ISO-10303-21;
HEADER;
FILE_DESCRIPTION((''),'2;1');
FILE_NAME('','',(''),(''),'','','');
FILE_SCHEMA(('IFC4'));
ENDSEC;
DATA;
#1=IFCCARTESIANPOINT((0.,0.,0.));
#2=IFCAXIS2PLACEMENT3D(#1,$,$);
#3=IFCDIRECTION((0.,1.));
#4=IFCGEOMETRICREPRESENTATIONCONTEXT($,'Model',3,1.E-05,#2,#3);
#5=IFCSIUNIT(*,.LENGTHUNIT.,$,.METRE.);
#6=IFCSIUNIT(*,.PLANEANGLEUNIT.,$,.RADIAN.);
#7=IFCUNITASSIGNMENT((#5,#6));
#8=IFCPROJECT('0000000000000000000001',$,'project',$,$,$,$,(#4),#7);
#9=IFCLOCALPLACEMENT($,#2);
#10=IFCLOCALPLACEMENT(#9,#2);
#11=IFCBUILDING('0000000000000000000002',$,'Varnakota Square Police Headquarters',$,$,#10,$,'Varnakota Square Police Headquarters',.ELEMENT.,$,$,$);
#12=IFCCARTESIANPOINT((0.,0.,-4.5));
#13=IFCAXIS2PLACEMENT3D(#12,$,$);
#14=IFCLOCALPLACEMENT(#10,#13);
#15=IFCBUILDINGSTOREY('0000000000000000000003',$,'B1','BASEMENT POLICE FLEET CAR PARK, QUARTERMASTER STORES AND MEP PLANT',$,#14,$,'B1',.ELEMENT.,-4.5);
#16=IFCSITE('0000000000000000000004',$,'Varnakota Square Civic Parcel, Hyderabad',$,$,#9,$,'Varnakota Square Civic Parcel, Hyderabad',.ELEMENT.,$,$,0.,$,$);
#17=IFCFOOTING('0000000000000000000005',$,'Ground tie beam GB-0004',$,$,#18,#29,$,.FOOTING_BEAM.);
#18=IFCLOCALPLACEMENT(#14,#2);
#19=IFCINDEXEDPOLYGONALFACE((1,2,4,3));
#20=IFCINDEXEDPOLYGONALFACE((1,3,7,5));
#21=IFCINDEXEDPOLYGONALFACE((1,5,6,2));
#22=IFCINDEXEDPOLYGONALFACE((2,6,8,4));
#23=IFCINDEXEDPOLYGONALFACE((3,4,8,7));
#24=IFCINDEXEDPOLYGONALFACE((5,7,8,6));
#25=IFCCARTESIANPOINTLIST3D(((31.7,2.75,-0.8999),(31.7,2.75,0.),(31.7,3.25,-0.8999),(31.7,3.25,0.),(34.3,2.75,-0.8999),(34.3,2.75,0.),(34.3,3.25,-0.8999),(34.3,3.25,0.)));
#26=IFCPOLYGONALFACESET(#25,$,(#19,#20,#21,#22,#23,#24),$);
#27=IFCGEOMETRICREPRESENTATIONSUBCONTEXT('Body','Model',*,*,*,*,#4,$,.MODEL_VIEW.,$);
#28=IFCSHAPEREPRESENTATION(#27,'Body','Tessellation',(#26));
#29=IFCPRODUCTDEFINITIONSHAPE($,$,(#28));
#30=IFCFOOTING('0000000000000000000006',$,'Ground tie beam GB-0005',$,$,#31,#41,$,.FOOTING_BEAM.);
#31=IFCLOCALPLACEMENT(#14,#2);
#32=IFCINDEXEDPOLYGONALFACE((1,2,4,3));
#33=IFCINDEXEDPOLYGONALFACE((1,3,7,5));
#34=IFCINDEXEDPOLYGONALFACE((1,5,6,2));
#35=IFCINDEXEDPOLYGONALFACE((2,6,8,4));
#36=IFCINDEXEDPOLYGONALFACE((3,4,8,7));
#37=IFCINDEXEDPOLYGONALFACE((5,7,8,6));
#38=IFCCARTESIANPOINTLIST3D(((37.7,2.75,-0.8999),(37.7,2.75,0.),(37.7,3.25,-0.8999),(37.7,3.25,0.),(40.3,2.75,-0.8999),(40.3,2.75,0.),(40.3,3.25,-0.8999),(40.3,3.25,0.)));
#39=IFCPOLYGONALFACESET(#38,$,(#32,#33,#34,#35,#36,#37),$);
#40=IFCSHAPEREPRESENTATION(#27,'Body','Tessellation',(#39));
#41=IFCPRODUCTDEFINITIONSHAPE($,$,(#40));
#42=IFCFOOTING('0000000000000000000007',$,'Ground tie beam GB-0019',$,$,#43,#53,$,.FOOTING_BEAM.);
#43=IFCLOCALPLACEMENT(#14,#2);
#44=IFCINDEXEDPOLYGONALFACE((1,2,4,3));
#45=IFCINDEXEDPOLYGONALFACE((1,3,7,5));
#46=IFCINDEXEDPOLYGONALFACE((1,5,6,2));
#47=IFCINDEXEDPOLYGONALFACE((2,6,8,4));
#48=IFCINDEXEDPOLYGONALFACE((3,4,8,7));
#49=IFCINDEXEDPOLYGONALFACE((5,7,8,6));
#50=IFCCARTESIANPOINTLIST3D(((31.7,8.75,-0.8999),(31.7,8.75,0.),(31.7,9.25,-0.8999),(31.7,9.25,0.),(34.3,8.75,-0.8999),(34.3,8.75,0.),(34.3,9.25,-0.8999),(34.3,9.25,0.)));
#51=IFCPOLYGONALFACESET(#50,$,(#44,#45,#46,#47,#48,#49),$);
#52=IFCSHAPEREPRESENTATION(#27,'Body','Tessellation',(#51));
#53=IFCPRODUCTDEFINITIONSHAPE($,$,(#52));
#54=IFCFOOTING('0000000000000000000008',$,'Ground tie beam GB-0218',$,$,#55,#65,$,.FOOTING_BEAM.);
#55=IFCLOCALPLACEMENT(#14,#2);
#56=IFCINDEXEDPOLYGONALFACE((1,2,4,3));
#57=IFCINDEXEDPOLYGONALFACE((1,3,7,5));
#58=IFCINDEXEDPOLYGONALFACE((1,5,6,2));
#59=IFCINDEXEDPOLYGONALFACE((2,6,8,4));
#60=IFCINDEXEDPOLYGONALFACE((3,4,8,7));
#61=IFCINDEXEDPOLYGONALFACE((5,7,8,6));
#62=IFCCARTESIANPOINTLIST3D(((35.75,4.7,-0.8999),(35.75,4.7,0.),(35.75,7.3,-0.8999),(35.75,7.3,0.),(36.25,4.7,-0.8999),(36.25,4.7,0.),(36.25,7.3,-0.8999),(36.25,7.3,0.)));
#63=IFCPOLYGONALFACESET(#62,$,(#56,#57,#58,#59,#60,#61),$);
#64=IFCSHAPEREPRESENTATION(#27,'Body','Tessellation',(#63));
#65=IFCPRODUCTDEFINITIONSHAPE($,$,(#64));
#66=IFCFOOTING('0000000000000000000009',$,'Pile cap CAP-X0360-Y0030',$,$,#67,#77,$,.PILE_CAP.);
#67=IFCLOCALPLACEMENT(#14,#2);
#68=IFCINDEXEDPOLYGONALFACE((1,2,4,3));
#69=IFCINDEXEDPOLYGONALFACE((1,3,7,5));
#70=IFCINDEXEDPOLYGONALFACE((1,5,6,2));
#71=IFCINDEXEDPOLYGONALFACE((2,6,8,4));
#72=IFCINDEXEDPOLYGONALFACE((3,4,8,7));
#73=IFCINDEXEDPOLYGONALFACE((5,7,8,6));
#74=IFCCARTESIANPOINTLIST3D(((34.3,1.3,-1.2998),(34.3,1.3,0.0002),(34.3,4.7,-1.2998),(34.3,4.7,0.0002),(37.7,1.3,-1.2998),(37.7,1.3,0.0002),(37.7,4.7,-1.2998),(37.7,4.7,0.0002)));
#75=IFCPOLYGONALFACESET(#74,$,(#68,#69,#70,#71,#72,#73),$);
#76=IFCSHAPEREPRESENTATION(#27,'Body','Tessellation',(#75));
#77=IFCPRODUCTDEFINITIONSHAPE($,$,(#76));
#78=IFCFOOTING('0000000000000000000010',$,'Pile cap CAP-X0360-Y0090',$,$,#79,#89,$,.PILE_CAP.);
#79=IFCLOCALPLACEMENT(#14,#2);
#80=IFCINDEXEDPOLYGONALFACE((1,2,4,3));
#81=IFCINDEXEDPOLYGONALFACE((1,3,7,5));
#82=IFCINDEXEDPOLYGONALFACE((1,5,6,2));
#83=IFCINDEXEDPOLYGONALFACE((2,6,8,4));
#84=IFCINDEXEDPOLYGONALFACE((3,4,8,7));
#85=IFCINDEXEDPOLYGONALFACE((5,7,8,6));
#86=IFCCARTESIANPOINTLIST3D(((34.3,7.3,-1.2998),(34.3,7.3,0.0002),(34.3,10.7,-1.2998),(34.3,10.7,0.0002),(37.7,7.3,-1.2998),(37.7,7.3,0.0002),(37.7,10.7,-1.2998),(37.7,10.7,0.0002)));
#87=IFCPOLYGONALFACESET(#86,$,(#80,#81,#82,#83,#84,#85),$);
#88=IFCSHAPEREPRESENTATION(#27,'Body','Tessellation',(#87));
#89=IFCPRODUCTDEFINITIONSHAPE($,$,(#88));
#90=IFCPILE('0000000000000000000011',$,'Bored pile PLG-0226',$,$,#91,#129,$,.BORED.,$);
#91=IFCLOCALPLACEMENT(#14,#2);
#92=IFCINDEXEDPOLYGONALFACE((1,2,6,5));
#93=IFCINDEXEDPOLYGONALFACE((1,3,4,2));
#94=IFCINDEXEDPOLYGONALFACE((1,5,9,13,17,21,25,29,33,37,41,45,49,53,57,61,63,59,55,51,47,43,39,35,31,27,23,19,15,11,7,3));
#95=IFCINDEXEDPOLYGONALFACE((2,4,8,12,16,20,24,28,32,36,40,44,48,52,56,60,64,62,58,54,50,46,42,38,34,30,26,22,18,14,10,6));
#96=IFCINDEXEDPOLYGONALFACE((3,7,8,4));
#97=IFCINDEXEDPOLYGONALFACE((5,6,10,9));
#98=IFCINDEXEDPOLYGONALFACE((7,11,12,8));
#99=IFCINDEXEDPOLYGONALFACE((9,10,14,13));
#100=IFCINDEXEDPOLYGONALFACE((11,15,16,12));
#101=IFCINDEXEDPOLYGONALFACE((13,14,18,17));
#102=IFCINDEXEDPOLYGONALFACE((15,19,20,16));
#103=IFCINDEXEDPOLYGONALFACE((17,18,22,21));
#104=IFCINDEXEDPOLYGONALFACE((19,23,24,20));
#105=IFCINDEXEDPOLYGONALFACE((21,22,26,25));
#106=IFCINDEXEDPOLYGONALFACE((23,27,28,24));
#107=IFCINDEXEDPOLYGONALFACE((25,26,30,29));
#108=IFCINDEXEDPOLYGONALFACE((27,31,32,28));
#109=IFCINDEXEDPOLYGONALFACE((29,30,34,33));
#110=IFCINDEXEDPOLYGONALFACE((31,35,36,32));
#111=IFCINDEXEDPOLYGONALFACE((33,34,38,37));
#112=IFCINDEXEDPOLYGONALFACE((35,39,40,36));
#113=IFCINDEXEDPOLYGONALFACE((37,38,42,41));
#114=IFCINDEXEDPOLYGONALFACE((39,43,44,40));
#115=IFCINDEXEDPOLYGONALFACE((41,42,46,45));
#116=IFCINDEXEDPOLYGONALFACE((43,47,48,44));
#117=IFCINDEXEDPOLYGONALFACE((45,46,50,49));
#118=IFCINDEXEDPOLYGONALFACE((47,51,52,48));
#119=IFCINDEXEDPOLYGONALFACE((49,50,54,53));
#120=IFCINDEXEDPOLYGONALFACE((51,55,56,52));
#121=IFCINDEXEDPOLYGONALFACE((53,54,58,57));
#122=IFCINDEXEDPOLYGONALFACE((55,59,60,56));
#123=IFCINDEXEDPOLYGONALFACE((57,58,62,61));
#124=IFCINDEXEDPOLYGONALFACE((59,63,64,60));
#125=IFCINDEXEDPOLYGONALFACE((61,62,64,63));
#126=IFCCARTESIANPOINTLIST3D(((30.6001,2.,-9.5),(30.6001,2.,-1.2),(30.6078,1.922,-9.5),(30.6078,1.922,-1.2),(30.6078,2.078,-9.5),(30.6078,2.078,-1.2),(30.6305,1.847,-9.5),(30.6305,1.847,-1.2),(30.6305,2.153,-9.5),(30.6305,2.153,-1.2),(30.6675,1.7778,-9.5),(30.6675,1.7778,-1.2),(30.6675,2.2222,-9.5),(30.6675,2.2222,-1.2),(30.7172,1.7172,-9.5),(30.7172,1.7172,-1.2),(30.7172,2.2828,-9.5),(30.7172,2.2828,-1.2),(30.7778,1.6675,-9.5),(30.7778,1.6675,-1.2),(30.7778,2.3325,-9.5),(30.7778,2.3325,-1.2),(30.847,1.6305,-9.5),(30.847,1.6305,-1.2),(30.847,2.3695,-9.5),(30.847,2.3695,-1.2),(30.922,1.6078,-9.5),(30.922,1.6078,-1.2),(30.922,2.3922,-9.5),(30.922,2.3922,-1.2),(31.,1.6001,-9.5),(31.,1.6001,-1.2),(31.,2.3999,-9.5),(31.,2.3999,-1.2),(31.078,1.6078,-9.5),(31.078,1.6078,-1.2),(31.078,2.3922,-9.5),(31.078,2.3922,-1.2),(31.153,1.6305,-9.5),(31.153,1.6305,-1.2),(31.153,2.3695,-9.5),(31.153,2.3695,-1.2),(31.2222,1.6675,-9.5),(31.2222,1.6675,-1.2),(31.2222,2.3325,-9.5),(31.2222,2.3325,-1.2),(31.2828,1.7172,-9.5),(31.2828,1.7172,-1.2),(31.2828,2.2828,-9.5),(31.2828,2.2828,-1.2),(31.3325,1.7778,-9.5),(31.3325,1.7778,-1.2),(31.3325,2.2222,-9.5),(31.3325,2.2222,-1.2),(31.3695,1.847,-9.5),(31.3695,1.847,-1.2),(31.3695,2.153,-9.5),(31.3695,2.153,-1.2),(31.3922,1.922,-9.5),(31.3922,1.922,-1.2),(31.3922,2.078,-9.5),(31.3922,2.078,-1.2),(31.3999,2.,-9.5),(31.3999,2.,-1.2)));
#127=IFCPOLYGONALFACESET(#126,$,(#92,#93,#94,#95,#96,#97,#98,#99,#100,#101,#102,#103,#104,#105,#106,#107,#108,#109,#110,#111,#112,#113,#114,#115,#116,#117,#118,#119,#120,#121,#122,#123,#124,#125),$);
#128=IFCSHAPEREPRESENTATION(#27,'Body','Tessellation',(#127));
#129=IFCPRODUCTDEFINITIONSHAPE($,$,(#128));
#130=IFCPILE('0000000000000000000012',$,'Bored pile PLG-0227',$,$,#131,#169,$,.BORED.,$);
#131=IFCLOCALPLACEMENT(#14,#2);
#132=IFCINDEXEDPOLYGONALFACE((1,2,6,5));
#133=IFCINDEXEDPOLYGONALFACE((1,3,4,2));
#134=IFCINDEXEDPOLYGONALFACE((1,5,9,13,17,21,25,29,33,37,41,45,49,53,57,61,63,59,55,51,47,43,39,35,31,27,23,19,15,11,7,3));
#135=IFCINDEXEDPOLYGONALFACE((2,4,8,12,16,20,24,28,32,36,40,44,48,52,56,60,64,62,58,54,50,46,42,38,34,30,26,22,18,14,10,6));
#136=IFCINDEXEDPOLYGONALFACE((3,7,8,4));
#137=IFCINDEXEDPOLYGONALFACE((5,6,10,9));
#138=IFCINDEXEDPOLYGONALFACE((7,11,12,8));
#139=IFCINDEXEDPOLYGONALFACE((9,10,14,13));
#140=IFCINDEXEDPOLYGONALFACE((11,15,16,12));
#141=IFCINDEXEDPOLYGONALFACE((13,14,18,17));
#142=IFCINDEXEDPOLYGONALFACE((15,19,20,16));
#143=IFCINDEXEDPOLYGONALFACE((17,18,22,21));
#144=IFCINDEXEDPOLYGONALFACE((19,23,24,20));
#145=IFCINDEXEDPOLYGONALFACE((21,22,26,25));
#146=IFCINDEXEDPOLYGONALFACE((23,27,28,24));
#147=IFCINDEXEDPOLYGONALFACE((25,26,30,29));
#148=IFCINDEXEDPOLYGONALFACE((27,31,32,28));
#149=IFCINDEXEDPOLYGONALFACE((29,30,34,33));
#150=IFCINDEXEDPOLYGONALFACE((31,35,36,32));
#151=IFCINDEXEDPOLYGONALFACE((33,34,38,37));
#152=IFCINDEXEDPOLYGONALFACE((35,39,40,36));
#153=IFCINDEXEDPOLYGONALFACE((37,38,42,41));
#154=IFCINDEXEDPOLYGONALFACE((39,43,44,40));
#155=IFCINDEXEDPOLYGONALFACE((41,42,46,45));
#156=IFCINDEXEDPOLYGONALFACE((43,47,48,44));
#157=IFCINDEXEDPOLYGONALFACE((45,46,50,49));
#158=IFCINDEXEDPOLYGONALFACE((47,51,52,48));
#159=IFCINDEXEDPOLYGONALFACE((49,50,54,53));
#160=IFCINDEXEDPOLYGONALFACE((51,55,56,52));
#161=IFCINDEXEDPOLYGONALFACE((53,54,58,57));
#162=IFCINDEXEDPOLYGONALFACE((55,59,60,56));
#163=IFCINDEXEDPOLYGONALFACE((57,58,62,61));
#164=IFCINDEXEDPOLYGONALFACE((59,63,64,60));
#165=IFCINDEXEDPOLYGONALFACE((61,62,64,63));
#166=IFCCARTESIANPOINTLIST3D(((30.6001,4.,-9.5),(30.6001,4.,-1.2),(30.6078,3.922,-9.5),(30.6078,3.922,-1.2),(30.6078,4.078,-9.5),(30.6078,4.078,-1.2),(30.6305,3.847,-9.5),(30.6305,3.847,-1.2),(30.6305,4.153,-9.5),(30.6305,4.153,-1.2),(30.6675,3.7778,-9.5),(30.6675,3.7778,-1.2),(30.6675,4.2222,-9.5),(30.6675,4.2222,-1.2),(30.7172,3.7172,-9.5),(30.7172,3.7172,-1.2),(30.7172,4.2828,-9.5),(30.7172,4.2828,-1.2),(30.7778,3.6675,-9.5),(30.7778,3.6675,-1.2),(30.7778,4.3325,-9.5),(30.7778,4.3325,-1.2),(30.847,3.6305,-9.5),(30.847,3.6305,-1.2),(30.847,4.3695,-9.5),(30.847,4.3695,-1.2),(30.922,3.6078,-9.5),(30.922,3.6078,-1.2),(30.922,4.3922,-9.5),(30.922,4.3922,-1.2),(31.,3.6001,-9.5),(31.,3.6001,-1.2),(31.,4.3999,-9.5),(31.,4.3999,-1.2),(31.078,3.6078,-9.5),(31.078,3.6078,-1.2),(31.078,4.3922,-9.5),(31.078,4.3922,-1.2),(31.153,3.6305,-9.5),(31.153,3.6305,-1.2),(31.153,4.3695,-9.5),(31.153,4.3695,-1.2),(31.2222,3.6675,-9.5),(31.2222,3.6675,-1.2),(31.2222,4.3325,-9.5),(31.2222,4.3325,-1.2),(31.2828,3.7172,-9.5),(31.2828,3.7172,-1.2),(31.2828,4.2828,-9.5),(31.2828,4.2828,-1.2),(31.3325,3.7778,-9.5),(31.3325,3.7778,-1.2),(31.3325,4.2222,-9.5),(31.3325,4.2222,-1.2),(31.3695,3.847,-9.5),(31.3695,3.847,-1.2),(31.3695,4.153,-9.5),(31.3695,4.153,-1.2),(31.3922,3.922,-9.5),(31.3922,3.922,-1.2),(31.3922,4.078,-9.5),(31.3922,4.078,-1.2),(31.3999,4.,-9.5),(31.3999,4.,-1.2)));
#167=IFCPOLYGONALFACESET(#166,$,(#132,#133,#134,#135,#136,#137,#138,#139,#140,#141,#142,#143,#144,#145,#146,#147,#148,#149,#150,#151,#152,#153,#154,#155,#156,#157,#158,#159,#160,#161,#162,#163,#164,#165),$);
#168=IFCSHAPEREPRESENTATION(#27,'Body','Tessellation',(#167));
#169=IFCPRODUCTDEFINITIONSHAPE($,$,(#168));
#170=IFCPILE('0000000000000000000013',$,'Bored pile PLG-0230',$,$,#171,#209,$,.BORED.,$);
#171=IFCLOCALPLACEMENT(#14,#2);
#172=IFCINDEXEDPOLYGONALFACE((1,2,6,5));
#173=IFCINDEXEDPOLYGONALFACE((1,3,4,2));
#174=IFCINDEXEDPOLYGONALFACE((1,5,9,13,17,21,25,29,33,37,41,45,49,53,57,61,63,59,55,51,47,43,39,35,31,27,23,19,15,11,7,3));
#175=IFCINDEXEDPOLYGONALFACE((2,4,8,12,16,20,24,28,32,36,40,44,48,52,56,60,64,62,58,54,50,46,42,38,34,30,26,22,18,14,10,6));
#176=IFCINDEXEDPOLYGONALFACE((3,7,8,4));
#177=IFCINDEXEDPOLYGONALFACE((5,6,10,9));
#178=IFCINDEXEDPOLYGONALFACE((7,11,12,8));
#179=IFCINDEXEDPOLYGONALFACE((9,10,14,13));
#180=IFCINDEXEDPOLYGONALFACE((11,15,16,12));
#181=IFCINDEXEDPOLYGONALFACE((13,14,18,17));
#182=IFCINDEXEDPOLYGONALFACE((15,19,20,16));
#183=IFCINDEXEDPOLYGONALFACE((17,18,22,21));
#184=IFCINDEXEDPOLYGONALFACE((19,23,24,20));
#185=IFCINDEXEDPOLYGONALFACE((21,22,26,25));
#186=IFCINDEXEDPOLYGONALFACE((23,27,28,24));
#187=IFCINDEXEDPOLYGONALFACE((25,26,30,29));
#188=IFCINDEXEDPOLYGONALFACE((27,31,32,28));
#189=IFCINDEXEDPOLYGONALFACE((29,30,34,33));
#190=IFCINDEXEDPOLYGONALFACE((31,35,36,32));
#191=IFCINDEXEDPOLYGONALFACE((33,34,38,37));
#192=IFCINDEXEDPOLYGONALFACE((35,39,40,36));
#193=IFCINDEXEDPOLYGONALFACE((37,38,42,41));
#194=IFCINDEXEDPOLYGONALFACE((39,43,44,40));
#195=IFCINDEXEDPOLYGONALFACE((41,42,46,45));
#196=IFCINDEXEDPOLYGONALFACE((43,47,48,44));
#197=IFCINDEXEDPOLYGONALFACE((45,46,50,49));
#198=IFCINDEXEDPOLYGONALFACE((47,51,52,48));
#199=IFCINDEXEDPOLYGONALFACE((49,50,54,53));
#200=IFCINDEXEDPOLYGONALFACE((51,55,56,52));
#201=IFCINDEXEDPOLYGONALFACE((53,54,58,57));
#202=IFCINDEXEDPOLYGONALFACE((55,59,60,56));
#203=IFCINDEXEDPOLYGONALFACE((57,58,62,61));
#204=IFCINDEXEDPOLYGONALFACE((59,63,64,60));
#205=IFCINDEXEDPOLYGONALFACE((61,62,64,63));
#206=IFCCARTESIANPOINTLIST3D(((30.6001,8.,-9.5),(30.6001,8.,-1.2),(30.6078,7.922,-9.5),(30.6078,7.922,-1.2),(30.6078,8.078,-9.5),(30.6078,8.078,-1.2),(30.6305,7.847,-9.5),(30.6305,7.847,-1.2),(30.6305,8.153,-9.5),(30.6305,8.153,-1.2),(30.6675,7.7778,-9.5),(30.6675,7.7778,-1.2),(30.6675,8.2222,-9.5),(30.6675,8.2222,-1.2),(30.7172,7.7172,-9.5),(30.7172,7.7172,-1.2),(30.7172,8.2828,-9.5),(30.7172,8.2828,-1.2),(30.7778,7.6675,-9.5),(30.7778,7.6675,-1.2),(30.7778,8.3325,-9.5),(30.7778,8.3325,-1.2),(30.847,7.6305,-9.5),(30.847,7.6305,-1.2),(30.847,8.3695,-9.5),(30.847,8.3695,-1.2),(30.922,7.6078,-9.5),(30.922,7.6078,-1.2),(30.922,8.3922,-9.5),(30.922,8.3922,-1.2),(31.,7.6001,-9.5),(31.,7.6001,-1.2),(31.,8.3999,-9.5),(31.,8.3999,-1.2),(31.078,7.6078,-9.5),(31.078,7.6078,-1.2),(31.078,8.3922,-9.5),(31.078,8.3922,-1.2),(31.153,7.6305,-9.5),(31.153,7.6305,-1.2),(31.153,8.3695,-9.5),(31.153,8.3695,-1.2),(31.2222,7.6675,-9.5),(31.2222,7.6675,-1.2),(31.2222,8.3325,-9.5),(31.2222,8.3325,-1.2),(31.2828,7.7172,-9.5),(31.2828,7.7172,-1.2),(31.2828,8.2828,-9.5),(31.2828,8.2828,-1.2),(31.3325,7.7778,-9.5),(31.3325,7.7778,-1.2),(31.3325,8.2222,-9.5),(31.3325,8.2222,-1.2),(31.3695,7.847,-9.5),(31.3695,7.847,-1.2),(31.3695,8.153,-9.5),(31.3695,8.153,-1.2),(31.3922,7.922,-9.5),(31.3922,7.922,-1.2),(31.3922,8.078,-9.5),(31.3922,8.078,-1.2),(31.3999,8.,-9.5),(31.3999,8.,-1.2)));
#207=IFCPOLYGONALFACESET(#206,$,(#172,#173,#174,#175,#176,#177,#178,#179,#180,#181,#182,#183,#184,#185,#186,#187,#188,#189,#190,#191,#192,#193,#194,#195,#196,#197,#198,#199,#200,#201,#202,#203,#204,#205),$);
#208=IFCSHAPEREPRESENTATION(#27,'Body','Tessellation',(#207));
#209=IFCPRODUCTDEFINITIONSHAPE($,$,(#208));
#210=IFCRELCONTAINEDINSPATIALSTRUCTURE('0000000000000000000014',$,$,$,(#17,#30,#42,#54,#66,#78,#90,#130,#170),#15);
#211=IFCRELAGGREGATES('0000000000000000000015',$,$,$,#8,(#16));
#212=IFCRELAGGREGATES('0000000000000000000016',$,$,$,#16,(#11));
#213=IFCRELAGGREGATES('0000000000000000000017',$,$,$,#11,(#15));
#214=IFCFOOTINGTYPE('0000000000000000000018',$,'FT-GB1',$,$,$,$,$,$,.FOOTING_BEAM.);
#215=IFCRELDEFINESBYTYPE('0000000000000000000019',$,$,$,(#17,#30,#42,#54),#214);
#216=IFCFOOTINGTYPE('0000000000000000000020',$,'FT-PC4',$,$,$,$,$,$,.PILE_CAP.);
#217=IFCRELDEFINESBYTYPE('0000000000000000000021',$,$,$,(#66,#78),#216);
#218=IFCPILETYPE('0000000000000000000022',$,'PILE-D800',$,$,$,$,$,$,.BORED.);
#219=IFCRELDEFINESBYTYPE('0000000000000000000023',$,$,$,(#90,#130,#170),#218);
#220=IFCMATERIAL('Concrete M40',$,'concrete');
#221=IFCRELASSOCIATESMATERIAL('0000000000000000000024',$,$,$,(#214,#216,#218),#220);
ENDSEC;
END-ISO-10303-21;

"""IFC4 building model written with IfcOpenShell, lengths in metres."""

from ifc_helpers import new_model, si_unit, direction, frame, origin, origin_2d, place, context, subcontext, project, spatial, rectangle, circle, extrude, material, material_profile, profile_set, type_object, element, save


model = new_model("IFC4")

# Units and contexts
model_context = context("Model", 3, precision=1e-05, world=origin(), true_north=direction((0.0, 1.0)))
body_context = subcontext(model_context, "Body", "Model", "MODEL_VIEW")
ifc_project = project(units=[si_unit("LENGTHUNIT", "METRE"), si_unit("PLANEANGLEUNIT", "RADIAN")], contexts=[model_context])

# Site, building, storey
site_placement = place(None, origin())
site = spatial("IfcSite", under=ifc_project, at=site_placement, Name="Varnakota Square Civic Parcel, Hyderabad", LongName="Varnakota Square Civic Parcel, Hyderabad", CompositionType="ELEMENT", RefElevation=0.0)
building_placement = place(site_placement, origin())
building = spatial("IfcBuilding", under=site, at=building_placement, Name="Varnakota Square Police Headquarters", LongName="Varnakota Square Police Headquarters", CompositionType="ELEMENT")
storey_placement = place(building_placement, frame((0.0, 0.0, -4.5)))
storey = spatial("IfcBuildingStorey", under=building, at=storey_placement, Name="B1", Description="BASEMENT POLICE FLEET CAR PARK, QUARTERMASTER STORES AND MEP PLANT", LongName="B1", CompositionType="ELEMENT", Elevation=-4.5)

# Footings
ifc_material_1 = material(Name="Concrete M40", Category="concrete")
ifc_material_profile_1 = material_profile(ifc_material_1, rectangle(XDim=0.5, YDim=0.8999, at=origin_2d()), Name="GB 500x900")
ifc_profile_set_1 = profile_set([ifc_material_profile_1], Name="Concrete M40")
footing_type_1 = type_object("IfcFootingType", Name="FT-GB1", PredefinedType="FOOTING_BEAM", material=ifc_profile_set_1)
for number, where, z_axis, x_axis, name in (
    (1, (31.7, 3.0, -0.45), (1.0, 0.0, 0.0), (0.0, 1.0, 0.0), "Ground tie beam GB-0004"),
    (2, (37.7, 3.0, -0.45), (1.0, 0.0, 0.0), (0.0, 1.0, 0.0), "Ground tie beam GB-0005"),
    (3, (31.7, 9.0, -0.45), (1.0, 0.0, 0.0), (0.0, 1.0, 0.0), "Ground tie beam GB-0019"),
    (4, (36.0, 4.7, -0.45), (0.0, 1.0, 0.0), (-1.0, 0.0, 0.0), "Ground tie beam GB-0218"),
):
    element("IfcFooting", number, at=place(storey_placement, frame(where, z_axis=z_axis, x_axis=x_axis)), inside=storey, type_object=footing_type_1, Name=name, PredefinedType="FOOTING_BEAM", context=body_context, shape_type="SweptSolid", body=[
        extrude(rectangle(XDim=0.5, YDim=0.8999, at=origin_2d()), origin(), (0.0, 0.0, 1.0), 2.6001),
    ])
footing_type_2 = type_object("IfcFootingType", Name="FT-PC4", PredefinedType="PILE_CAP", material=ifc_material_1)
for number, where, z_axis, x_axis, name in (
    (5, (36.0, 3.0, -1.2998), (0.0, 0.0, 1.0), (1.0, 0.0, 0.0), "Pile cap CAP-X0360-Y0030"),
    (6, (36.0, 9.0, -1.2998), (0.0, 0.0, 1.0), (1.0, 0.0, 0.0), "Pile cap CAP-X0360-Y0090"),
):
    element("IfcFooting", number, at=place(storey_placement, frame(where, z_axis=z_axis, x_axis=x_axis)), inside=storey, type_object=footing_type_2, Name=name, PredefinedType="PILE_CAP", context=body_context, shape_type="SweptSolid", body=[
        extrude(rectangle(XDim=3.3999, YDim=3.3999, at=origin_2d()), origin(), (0.0, 0.0, 1.0), 1.3),
    ])

# Piles
ifc_material_profile_2 = material_profile(ifc_material_1, circle(Radius=0.3999, at=origin_2d()), Name="BORED PILE 800")
ifc_profile_set_2 = profile_set([ifc_material_profile_2], Name="Concrete M40")
pile_type = type_object("IfcPileType", Name="PILE-D800", PredefinedType="BORED", material=ifc_profile_set_2)
for number, where, z_axis, x_axis, name in (
    (7, (31.0, 2.0, -1.2), (0.0, 0.0, -1.0), (1.0, 0.0, 0.0), "Bored pile PLG-0226"),
    (8, (31.0, 4.0, -1.2), (0.0, 0.0, -1.0), (1.0, 0.0, 0.0), "Bored pile PLG-0227"),
    (9, (31.0, 8.0, -1.2), (0.0, 0.0, -1.0), (1.0, 0.0, 0.0), "Bored pile PLG-0230"),
):
    element("IfcPile", number, at=place(storey_placement, frame(where, z_axis=z_axis, x_axis=x_axis)), inside=storey, type_object=pile_type, Name=name, PredefinedType="BORED", context=body_context, shape_type="SweptSolid", body=[
        extrude(circle(Radius=0.3999, at=origin_2d()), origin(), (0.0, 0.0, 1.0), 8.3),
    ])

save(model, "model.ifc")
